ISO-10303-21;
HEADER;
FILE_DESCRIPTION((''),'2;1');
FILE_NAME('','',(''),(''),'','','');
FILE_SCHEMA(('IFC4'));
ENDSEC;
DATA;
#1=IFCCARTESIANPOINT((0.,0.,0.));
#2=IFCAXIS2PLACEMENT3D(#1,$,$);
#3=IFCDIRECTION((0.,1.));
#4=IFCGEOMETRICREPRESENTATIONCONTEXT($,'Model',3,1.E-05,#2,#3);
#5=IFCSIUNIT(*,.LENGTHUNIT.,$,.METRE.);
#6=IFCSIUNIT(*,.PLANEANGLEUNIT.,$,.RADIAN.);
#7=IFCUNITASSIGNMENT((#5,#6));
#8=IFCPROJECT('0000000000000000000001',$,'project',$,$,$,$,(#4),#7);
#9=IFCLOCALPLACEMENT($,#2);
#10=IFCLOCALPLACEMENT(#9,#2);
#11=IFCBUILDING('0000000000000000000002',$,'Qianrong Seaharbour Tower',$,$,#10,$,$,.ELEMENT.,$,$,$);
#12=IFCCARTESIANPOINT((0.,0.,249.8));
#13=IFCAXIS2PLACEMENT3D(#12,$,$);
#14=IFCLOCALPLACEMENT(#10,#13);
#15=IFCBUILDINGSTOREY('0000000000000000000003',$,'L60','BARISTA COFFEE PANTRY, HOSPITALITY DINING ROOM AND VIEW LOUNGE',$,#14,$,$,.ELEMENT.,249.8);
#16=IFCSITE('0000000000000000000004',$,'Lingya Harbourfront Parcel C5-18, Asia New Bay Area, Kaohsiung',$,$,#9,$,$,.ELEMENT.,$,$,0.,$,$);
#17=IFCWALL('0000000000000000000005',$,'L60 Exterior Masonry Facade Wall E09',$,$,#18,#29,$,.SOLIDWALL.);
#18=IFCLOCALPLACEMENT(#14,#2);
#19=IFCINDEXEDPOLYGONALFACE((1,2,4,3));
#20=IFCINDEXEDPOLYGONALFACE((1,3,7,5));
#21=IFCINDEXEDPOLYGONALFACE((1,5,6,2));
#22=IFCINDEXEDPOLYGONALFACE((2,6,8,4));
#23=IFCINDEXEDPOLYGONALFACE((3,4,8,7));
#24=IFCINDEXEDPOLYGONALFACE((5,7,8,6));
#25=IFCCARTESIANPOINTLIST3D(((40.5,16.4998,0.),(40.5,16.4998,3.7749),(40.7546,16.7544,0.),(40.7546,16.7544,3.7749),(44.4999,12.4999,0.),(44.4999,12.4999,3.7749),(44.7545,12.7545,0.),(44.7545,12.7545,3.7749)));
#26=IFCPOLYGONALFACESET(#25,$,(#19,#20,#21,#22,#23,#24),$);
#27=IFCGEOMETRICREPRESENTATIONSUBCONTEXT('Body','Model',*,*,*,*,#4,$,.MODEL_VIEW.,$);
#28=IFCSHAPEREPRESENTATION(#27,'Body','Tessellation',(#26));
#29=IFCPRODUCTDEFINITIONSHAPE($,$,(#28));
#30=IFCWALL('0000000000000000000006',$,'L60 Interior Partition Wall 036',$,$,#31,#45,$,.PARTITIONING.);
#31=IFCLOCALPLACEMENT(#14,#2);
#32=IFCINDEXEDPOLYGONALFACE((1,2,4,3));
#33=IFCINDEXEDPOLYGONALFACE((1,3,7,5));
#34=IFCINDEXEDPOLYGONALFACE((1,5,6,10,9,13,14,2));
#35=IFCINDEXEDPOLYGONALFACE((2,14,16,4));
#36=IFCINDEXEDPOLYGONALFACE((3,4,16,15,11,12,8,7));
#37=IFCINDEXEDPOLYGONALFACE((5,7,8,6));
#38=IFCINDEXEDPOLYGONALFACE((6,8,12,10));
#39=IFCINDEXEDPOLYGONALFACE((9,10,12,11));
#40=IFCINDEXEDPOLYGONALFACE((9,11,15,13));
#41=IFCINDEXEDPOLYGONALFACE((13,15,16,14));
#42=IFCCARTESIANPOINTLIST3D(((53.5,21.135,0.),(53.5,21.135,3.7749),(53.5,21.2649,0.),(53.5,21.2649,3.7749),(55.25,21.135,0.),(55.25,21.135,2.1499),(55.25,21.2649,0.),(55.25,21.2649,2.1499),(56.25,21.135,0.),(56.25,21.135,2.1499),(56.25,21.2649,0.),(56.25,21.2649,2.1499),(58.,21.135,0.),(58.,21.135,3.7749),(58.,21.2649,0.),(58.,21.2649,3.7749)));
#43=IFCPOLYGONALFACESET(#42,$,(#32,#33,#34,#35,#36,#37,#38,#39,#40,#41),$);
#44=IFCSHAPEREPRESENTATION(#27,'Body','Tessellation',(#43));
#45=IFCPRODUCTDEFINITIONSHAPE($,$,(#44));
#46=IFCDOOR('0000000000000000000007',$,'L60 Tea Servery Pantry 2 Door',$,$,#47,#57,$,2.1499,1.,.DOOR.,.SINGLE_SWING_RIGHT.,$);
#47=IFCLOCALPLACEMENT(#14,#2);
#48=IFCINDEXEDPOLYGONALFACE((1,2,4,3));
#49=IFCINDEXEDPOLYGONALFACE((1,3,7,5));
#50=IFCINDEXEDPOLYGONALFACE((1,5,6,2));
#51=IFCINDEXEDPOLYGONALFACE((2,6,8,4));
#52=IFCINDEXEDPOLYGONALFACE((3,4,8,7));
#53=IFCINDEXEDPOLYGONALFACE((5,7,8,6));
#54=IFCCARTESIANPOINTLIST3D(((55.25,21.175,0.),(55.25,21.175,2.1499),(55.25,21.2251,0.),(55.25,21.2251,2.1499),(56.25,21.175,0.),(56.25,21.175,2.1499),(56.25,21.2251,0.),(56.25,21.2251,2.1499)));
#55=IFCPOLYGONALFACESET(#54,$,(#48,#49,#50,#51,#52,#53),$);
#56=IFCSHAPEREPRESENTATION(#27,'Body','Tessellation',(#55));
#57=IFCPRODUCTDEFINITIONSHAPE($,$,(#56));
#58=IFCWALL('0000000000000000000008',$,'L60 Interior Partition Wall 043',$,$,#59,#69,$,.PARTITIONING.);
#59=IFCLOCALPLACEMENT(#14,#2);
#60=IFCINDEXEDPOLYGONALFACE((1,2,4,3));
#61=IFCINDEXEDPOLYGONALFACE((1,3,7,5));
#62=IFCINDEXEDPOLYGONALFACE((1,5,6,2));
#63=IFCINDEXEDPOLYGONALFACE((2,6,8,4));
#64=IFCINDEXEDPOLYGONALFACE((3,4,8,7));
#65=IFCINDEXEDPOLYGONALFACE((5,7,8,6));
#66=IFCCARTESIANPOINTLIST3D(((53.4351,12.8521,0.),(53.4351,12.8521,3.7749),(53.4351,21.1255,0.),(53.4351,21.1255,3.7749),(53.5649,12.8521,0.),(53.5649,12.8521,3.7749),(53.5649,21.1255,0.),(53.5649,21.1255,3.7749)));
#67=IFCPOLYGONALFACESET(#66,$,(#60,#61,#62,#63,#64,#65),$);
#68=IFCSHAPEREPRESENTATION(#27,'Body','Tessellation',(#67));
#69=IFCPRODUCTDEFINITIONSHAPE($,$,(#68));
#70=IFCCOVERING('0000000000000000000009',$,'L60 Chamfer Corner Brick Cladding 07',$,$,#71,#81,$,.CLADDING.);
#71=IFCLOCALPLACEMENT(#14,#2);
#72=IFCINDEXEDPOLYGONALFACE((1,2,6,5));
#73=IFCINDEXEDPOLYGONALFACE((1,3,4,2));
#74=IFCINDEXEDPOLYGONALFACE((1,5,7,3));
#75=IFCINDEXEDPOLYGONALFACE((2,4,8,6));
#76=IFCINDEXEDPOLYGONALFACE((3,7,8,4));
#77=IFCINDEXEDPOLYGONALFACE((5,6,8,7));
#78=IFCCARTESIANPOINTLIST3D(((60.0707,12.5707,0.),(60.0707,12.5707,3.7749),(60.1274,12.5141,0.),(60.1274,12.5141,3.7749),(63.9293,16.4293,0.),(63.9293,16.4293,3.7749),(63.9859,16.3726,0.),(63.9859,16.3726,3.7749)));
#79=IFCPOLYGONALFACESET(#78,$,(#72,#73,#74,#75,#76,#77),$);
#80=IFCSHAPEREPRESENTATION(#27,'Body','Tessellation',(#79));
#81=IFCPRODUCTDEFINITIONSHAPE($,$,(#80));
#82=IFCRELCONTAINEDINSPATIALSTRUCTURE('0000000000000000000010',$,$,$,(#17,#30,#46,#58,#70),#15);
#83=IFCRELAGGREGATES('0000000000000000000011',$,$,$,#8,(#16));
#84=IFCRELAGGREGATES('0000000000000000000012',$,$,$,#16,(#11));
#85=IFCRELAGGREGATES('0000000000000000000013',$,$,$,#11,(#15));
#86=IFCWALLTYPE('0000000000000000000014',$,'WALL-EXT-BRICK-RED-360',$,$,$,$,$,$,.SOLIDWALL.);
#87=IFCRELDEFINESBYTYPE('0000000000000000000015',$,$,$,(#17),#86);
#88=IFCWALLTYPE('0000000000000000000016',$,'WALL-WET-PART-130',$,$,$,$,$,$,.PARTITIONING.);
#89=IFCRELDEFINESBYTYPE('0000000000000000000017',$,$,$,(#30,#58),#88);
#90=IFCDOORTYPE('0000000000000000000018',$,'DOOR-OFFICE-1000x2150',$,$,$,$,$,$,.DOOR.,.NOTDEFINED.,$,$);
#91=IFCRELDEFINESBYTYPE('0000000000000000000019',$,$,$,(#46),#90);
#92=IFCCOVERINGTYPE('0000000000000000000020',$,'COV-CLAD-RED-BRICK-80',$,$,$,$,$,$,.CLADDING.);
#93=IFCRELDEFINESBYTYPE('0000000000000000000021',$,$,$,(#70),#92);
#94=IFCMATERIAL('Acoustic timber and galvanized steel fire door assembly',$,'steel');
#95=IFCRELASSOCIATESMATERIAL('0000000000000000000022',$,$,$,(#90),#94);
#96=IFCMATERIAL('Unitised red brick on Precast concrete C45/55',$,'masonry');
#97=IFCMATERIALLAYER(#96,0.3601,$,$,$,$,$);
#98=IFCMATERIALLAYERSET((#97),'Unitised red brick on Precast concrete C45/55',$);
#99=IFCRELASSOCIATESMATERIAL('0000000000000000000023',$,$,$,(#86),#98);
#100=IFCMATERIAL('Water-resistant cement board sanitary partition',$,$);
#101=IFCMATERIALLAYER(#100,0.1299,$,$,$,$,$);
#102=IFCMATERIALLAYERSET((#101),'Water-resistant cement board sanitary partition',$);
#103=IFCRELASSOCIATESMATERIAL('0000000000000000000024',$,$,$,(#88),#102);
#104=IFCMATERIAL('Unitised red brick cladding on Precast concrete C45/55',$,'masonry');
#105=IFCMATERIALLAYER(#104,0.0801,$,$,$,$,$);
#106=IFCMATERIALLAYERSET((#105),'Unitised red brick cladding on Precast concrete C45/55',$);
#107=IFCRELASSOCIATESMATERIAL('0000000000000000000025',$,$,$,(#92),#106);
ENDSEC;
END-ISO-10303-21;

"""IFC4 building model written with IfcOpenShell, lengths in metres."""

from ifc_helpers import new_model, si_unit, direction, frame, frame_2d, origin, origin_2d, place, context, subcontext, project, spatial, rectangle, extrude, material, layer, layer_set, type_object, element, fill, save


model = new_model("IFC4")

# Units and contexts
model_context = context("Model", 3, precision=1e-05, world=origin(), true_north=direction((0.0, 1.0)))
body_context = subcontext(model_context, "Body", "Model", "MODEL_VIEW")
ifc_project = project(units=[si_unit("LENGTHUNIT", "METRE"), si_unit("PLANEANGLEUNIT", "RADIAN")], contexts=[model_context])

# Site, building, storey
site_placement = place(None, origin())
site = spatial("IfcSite", under=ifc_project, at=site_placement, Name="Lingya Harbourfront Parcel C5-18, Asia New Bay Area, Kaohsiung", CompositionType="ELEMENT", RefElevation=0.0)
building_placement = place(site_placement, origin())
building = spatial("IfcBuilding", under=site, at=building_placement, Name="Qianrong Seaharbour Tower", CompositionType="ELEMENT")
storey_placement = place(building_placement, frame((0.0, 0.0, 249.8)))
storey = spatial("IfcBuildingStorey", under=building, at=storey_placement, Name="L60", Description="BARISTA COFFEE PANTRY, HOSPITALITY DINING ROOM AND VIEW LOUNGE", CompositionType="ELEMENT", Elevation=249.8)

# Shared definitions
ifc_material_1 = material(Name="Acoustic timber and galvanized steel fire door assembly", Category="steel")
door_type = type_object("IfcDoorType", Name="DOOR-OFFICE-1000x2150", OperationType="NOTDEFINED", PredefinedType="DOOR", material=ifc_material_1)

# Wall
ifc_material_2 = material(Name="Unitised red brick on Precast concrete C45/55", Category="masonry")
ifc_layer_1 = layer(ifc_material_2, 0.3601)
ifc_layer_set_1 = layer_set([ifc_layer_1], Name="Unitised red brick on Precast concrete C45/55")
wall_type_1 = type_object("IfcWallType", Name="WALL-EXT-BRICK-RED-360", PredefinedType="SOLIDWALL", material=ifc_layer_set_1)
wall_1_placement = place(storey_placement, frame((44.6272, 12.6272, 0.0), z_axis=(0.0, 0.0, 1.0), x_axis=(-0.707107, 0.707107, 0.0)))
element("IfcWall", 1, at=wall_1_placement, inside=storey, type_object=wall_type_1, Name="L60 Exterior Masonry Facade Wall E09", PredefinedType="SOLIDWALL", context=body_context, shape_type="SweptSolid", body=[
    extrude(rectangle(XDim=5.6567, YDim=0.3601, at=frame_2d((2.8284, 0.0))), origin(), (0.0, 0.0, 1.0), 3.7749),
])

# Wall, opening, door
ifc_material_3 = material(Name="Water-resistant cement board sanitary partition")
ifc_layer_2 = layer(ifc_material_3, 0.1299)
ifc_layer_set_2 = layer_set([ifc_layer_2], Name="Water-resistant cement board sanitary partition")
wall_type_2 = type_object("IfcWallType", Name="WALL-WET-PART-130", PredefinedType="PARTITIONING", material=ifc_layer_set_2)
wall_2_placement = place(storey_placement, frame((58.0, 21.2, 0.0), z_axis=(0.0, 0.0, 1.0), x_axis=(-1.0, 0.0, 0.0)))
wall_2 = element("IfcWall", 2, at=wall_2_placement, inside=storey, type_object=wall_type_2, Name="L60 Interior Partition Wall 036", PredefinedType="PARTITIONING", context=body_context, shape_type="SweptSolid", body=[
    extrude(rectangle(XDim=4.5, YDim=0.1299, at=frame_2d((2.25, 0.0))), origin(), (0.0, 0.0, 1.0), 3.7749),
])
opening_1_placement = place(wall_2_placement, frame((1.75, 0.0, 0.0)))
opening_1 = element("IfcOpeningElement", 3, at=opening_1_placement, cuts=wall_2, PredefinedType="OPENING", context=body_context, shape_type="SweptSolid", body=[
    extrude(rectangle(XDim=1.0, YDim=2.1499, at=frame_2d((0.5, 1.075))), frame((0.0, 0.075, 0.0), z_axis=(0.0, -1.0, 0.0), x_axis=(1.0, 0.0, 0.0)), (0.0, 0.0, 1.0), 0.1499),
])
door_1_placement = place(opening_1_placement, origin())
door_1 = element("IfcDoor", 4, at=door_1_placement, inside=storey, type_object=door_type, Name="L60 Tea Servery Pantry 2 Door", OperationType="SINGLE_SWING_RIGHT", OverallHeight=2.1499, OverallWidth=1.0, PredefinedType="DOOR", context=body_context, shape_type="SweptSolid", body=[
    extrude(rectangle(XDim=1.0, YDim=2.1499, at=frame_2d((0.5, 1.075))), frame((0.0, 0.0249, 0.0), z_axis=(0.0, -1.0, 0.0), x_axis=(1.0, 0.0, 0.0)), (0.0, 0.0, 1.0), 0.05),
])
fill(opening_1, door_1)

# Wall
wall_3_placement = place(storey_placement, frame((53.5, 21.1255, 0.0), z_axis=(0.0, 0.0, 1.0), x_axis=(0.0, -1.0, 0.0)))
element("IfcWall", 5, at=wall_3_placement, inside=storey, type_object=wall_type_2, Name="L60 Interior Partition Wall 043", PredefinedType="PARTITIONING", context=body_context, shape_type="SweptSolid", body=[
    extrude(rectangle(XDim=8.2734, YDim=0.1299, at=frame_2d((4.1367, 0.0))), origin(), (0.0, 0.0, 1.0), 3.7749),
])

# Covering
ifc_material_4 = material(Name="Unitised red brick cladding on Precast concrete C45/55", Category="masonry")
ifc_layer_3 = layer(ifc_material_4, 0.0801)
ifc_layer_set_3 = layer_set([ifc_layer_3], Name="Unitised red brick cladding on Precast concrete C45/55")
covering_type = type_object("IfcCoveringType", Name="COV-CLAD-RED-BRICK-80", PredefinedType="CLADDING", material=ifc_layer_set_3)
covering_placement = place(storey_placement, frame((62.0283, 14.4717, 0.0), z_axis=(0.0, 0.0, 1.0), x_axis=(-0.707107, -0.707107, 0.0)))
element("IfcCovering", 6, at=covering_placement, inside=storey, type_object=covering_type, Name="L60 Chamfer Corner Brick Cladding 07", PredefinedType="CLADDING", context=body_context, shape_type="SweptSolid", body=[
    extrude(rectangle(XDim=5.4568, YDim=0.0801, at=origin_2d()), origin(), (0.0, 0.0, 1.0), 3.7749),
])

save(model, "model.ifc")
